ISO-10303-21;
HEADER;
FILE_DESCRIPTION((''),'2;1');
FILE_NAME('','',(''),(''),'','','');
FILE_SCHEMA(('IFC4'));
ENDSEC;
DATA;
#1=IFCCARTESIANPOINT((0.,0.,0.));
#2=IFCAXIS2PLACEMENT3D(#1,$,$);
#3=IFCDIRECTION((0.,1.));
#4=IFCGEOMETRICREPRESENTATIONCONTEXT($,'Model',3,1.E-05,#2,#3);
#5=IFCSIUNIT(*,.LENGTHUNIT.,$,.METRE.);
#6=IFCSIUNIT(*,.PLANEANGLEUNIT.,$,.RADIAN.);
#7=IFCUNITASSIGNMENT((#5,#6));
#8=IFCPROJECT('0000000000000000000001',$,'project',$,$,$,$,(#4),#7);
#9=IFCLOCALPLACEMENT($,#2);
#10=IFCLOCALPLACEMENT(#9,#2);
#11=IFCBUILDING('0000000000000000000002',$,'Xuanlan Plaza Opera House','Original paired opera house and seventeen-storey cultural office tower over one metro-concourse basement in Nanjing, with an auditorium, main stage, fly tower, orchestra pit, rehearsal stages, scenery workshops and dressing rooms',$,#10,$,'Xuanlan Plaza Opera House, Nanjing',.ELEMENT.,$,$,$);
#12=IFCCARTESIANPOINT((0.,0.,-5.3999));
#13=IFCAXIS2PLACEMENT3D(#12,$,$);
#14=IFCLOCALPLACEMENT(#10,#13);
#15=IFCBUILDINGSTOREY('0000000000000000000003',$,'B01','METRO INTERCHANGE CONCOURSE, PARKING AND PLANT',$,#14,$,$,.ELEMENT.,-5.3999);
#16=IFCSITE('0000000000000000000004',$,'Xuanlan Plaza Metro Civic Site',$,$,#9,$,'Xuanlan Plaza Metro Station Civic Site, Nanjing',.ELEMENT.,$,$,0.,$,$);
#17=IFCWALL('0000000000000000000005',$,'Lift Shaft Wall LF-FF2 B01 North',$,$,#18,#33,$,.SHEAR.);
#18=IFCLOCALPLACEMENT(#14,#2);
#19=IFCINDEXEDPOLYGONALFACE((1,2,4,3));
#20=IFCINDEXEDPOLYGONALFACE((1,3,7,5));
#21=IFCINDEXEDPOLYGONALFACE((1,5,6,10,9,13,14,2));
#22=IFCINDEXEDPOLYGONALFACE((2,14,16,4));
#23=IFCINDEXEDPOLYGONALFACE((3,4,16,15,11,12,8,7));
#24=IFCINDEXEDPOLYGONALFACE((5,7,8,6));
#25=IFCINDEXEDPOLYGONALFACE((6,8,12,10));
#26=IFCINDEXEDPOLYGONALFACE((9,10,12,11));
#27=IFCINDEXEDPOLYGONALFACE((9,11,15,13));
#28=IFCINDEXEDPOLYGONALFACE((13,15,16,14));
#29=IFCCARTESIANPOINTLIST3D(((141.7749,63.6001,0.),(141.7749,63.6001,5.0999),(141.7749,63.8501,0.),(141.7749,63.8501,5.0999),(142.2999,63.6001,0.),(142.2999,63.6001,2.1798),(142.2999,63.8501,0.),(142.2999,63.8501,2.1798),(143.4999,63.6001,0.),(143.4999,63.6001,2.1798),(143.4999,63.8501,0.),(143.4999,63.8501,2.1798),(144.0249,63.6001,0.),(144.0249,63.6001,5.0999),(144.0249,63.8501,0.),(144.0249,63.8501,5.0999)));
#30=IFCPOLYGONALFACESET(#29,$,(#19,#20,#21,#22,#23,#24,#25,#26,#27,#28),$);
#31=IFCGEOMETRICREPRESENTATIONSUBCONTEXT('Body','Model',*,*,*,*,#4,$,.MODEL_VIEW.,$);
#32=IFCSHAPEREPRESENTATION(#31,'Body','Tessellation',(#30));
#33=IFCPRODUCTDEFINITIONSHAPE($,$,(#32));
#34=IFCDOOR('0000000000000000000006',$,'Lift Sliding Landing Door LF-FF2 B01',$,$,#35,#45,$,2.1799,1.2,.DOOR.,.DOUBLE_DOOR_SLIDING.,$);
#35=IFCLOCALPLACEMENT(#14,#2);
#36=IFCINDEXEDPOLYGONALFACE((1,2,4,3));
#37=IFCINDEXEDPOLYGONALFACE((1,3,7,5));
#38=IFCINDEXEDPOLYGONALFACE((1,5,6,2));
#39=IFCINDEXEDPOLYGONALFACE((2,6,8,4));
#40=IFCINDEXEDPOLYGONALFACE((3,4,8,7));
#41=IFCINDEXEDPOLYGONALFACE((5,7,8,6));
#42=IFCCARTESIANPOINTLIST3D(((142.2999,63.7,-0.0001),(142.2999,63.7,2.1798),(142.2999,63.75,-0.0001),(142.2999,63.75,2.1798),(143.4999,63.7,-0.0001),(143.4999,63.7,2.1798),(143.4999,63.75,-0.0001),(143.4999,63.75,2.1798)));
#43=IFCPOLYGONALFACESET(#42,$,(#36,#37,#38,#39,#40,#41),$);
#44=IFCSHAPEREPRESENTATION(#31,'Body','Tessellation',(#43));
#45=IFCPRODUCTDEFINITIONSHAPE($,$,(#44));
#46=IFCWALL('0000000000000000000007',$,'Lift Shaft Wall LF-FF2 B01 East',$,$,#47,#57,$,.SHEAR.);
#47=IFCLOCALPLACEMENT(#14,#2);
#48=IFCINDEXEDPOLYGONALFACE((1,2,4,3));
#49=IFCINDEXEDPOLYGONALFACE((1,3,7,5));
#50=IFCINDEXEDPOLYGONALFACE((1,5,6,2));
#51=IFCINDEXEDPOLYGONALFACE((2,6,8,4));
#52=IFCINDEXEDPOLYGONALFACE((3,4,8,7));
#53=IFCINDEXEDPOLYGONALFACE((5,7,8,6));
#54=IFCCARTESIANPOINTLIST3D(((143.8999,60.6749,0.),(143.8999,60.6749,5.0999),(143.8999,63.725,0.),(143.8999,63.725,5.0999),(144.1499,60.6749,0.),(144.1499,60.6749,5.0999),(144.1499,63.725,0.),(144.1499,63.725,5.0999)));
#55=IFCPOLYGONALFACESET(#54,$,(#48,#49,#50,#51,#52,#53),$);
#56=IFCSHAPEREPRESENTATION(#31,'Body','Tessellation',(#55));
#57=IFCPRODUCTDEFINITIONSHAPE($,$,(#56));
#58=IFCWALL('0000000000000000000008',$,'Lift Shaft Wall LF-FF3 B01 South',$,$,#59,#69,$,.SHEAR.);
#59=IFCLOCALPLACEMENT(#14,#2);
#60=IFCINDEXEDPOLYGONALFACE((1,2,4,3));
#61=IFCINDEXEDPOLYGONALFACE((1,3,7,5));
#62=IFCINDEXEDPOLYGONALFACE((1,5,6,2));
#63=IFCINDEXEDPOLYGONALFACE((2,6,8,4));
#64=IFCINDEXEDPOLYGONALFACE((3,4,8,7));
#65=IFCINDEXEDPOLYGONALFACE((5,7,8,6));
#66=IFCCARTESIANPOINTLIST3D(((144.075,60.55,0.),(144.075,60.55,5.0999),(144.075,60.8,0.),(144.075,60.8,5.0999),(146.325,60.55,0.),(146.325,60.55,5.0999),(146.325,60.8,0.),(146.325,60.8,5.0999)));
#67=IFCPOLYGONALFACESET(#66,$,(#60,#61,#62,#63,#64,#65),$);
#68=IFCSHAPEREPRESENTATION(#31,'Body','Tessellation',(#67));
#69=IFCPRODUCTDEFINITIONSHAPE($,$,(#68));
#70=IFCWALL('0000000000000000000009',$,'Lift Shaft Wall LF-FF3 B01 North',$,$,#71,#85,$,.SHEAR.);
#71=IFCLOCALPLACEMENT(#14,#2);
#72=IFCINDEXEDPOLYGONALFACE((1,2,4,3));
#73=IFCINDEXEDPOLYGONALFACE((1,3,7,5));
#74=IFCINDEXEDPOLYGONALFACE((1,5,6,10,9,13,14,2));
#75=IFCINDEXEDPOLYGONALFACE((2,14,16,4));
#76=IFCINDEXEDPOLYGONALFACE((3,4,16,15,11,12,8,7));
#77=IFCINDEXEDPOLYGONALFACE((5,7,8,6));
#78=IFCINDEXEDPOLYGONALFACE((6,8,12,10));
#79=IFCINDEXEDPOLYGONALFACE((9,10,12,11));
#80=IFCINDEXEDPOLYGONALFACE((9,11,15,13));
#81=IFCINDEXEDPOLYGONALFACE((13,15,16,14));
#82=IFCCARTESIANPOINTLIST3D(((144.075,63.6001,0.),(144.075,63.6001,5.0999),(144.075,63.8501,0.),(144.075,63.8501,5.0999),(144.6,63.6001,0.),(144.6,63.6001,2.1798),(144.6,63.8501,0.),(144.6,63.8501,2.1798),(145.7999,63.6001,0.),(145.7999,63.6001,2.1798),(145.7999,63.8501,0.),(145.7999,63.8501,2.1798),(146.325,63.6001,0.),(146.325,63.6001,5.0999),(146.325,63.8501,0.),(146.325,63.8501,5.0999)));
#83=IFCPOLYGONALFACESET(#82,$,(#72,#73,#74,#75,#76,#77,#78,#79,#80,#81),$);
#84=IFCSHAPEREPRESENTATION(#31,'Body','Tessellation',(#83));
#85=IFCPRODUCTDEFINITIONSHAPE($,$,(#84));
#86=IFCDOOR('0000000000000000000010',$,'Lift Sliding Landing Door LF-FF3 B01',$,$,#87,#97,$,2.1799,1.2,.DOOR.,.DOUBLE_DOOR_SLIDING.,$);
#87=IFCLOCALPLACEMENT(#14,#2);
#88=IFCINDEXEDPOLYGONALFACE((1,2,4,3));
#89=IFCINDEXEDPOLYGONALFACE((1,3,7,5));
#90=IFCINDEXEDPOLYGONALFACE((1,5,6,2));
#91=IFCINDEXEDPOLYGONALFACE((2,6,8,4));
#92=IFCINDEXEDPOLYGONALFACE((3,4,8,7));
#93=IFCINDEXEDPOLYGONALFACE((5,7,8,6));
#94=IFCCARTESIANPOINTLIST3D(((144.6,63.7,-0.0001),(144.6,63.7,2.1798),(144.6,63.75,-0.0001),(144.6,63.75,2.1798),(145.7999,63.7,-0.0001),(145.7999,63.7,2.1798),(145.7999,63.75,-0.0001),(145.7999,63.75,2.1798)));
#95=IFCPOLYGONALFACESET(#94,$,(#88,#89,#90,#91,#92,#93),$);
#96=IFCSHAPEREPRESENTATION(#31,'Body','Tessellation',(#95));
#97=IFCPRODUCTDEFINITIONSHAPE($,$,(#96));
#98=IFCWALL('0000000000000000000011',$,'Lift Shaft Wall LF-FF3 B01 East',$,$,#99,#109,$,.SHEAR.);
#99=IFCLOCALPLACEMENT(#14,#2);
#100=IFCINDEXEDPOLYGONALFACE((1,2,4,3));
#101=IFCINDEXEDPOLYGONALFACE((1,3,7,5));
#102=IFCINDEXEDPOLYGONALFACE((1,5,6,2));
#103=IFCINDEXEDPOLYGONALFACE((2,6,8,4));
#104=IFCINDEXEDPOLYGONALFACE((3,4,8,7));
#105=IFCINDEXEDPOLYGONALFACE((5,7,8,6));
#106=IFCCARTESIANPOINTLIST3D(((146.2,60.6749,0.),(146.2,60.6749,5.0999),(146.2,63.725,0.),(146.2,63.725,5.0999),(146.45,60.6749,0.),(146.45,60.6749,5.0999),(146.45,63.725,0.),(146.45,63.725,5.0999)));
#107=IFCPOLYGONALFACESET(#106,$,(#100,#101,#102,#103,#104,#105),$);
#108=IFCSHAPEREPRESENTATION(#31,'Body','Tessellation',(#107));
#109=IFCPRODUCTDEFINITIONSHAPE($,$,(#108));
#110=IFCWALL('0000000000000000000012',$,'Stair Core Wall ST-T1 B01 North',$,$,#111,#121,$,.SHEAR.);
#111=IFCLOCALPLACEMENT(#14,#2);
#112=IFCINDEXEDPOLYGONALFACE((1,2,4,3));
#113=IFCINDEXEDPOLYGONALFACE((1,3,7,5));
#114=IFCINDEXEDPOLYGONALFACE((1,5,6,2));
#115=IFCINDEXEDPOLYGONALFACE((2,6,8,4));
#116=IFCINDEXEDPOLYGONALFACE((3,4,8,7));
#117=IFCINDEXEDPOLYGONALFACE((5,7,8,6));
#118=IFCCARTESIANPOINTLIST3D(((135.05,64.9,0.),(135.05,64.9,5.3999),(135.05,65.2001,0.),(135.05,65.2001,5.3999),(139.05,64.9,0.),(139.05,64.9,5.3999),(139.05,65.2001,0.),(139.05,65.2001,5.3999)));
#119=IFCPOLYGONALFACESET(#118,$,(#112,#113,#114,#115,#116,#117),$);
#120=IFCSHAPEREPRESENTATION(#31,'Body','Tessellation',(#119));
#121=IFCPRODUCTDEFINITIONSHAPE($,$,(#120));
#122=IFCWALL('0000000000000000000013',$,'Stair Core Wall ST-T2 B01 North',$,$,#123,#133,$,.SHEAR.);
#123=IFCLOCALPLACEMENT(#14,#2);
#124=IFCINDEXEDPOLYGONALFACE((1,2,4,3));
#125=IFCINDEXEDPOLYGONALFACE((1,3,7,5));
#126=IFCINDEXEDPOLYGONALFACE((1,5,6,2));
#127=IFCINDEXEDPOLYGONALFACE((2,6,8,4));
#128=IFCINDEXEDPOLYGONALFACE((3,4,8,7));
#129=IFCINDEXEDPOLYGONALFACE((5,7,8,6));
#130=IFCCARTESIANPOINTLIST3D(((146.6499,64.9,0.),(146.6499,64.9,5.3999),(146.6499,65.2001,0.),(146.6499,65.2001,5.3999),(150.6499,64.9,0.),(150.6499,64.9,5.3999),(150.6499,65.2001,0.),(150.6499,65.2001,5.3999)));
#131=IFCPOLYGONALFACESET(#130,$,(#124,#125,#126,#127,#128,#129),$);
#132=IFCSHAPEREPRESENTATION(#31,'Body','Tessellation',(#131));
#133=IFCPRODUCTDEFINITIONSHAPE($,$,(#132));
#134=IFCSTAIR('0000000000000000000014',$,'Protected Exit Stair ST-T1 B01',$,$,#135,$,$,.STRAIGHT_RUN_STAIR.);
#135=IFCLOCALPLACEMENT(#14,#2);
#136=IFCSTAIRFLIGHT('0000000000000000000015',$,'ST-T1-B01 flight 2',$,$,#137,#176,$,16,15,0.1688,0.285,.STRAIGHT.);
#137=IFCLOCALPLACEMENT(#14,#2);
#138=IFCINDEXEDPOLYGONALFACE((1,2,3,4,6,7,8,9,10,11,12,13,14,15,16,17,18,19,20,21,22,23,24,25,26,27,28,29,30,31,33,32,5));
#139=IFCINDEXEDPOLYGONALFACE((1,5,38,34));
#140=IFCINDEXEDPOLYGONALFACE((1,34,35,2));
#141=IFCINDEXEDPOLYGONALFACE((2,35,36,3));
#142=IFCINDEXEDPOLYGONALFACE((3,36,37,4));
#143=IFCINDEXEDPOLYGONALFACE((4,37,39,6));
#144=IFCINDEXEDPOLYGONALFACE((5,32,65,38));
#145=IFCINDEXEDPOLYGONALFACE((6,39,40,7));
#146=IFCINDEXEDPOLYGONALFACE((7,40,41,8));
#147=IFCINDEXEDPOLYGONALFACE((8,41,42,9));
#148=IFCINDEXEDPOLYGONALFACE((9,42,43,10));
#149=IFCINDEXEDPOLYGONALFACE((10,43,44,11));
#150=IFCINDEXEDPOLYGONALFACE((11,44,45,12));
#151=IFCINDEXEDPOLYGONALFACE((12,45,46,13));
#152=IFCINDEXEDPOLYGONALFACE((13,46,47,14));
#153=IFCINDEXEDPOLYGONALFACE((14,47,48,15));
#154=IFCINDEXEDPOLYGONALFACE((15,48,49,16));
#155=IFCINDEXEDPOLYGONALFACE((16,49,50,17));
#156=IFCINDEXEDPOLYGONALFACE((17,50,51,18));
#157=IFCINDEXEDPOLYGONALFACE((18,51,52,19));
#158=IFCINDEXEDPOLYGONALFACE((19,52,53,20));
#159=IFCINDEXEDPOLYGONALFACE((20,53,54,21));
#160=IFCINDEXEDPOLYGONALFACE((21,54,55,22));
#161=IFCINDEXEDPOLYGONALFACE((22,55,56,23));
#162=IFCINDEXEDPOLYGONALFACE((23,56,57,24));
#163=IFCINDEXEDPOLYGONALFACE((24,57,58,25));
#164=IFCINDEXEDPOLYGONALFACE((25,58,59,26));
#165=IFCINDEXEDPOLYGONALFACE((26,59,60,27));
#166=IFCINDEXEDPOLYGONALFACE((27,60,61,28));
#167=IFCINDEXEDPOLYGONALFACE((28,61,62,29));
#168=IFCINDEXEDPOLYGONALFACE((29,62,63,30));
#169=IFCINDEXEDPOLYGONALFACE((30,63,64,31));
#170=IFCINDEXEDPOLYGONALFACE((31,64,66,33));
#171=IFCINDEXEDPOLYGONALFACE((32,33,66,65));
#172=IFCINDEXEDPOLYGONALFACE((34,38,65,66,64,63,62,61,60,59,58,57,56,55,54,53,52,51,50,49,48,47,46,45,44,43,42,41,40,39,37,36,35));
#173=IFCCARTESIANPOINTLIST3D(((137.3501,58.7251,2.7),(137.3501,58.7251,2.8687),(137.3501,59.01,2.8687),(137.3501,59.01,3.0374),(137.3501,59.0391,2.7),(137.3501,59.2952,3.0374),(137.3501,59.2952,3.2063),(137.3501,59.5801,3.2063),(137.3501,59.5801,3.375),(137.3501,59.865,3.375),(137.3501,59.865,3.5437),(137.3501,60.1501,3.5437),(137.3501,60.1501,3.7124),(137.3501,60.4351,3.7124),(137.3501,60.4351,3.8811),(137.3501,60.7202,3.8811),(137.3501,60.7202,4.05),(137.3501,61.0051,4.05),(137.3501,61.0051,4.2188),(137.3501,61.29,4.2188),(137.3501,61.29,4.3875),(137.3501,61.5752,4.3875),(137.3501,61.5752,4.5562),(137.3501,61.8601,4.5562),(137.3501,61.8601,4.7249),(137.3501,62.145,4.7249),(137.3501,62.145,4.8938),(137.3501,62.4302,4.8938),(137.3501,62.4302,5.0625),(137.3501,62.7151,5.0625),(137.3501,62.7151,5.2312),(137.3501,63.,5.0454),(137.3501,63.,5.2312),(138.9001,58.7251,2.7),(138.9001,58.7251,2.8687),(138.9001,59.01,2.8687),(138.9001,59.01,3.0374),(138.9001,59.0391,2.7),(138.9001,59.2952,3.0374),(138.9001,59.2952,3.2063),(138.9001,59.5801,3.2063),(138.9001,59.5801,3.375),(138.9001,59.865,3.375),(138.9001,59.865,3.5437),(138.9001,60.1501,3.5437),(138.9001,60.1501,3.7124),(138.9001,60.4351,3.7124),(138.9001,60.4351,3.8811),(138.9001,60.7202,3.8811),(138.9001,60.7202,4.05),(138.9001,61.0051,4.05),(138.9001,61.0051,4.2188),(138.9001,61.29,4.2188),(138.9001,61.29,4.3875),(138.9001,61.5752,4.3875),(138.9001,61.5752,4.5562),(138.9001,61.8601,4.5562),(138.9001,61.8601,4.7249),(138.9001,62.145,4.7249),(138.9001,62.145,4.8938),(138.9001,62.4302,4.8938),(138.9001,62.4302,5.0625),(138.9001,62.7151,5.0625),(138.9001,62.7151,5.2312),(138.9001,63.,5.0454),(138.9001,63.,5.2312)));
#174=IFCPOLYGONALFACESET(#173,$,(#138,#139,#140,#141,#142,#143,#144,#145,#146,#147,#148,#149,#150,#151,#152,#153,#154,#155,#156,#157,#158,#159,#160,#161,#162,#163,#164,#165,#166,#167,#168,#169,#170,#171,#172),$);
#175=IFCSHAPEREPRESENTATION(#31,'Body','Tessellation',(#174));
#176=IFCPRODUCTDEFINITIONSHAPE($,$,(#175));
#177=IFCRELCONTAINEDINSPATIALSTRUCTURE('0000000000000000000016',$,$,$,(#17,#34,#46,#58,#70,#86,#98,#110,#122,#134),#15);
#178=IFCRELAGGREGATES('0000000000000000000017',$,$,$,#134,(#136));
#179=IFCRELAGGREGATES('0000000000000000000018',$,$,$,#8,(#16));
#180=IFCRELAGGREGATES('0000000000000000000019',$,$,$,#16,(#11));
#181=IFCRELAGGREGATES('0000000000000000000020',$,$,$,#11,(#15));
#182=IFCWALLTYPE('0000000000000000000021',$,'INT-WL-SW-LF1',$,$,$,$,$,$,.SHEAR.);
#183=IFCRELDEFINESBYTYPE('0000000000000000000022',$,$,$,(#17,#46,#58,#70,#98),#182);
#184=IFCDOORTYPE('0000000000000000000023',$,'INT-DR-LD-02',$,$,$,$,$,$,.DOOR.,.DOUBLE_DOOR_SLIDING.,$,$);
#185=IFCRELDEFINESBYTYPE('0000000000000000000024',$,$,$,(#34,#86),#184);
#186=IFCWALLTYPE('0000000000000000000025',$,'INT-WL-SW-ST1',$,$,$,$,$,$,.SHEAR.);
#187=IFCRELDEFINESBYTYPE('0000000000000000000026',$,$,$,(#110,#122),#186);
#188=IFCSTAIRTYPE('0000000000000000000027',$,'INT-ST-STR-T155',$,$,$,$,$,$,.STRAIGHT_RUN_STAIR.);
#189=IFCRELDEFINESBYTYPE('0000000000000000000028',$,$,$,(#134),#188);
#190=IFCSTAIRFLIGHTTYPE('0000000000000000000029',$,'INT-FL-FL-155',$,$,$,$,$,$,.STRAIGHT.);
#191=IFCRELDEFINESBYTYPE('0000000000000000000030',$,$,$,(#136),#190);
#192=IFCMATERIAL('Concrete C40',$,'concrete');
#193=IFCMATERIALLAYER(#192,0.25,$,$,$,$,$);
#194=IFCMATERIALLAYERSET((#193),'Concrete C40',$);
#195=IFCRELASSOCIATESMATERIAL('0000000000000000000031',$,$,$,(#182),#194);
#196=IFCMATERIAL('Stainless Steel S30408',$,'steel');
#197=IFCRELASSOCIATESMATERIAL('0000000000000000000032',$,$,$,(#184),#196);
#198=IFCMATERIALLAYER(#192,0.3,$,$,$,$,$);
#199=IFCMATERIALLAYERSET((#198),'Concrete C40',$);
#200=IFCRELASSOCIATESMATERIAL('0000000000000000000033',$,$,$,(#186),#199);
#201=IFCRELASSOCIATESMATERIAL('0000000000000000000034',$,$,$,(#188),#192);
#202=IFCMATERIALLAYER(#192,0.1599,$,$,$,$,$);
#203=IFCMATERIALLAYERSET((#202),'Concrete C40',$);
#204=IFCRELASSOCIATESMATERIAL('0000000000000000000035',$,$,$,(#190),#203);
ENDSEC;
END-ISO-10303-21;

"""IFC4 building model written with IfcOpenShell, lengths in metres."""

from ifc_helpers import new_model, si_unit, direction, frame, frame_2d, origin, place, context, subcontext, project, spatial, polyline, rectangle, outline, extrude, material, layer, layer_set, type_object, element, fill, aggregate, save


model = new_model("IFC4")

# Units and contexts
model_context = context("Model", 3, precision=1e-05, world=origin(), true_north=direction((0.0, 1.0)))
body_context = subcontext(model_context, "Body", "Model", "MODEL_VIEW")
ifc_project = project(units=[si_unit("LENGTHUNIT", "METRE"), si_unit("PLANEANGLEUNIT", "RADIAN")], contexts=[model_context])

# Site, building, storey
site_placement = place(None, origin())
site = spatial("IfcSite", under=ifc_project, at=site_placement, Name="Xuanlan Plaza Metro Civic Site", LongName="Xuanlan Plaza Metro Station Civic Site, Nanjing", CompositionType="ELEMENT", RefElevation=0.0)
building_placement = place(site_placement, origin())
building = spatial("IfcBuilding", under=site, at=building_placement, Name="Xuanlan Plaza Opera House", Description="Original paired opera house and seventeen-storey cultural office tower over one metro-concourse basement in Nanjing, with an auditorium, main stage, fly tower, orchestra pit, rehearsal stages, scenery workshops and dressing rooms", LongName="Xuanlan Plaza Opera House, Nanjing", CompositionType="ELEMENT")
storey_placement = place(building_placement, frame((0.0, 0.0, -5.3999)))
storey = spatial("IfcBuildingStorey", under=building, at=storey_placement, Name="B01", Description="METRO INTERCHANGE CONCOURSE, PARKING AND PLANT", CompositionType="ELEMENT", Elevation=-5.3999)

# Shared definitions
ifc_material_1 = material(Name="Concrete C40", Category="concrete")

# Shared definitions
ifc_layer_1 = layer(ifc_material_1, 0.25)
ifc_layer_set_1 = layer_set([ifc_layer_1], Name="Concrete C40")
wall_type_1 = type_object("IfcWallType", Name="INT-WL-SW-LF1", PredefinedType="SHEAR", material=ifc_layer_set_1)

# Shared definitions
ifc_material_2 = material(Name="Stainless Steel S30408", Category="steel")
door_type = type_object("IfcDoorType", Name="INT-DR-LD-02", OperationType="DOUBLE_DOOR_SLIDING", PredefinedType="DOOR", material=ifc_material_2)

# Wall, opening, door
wall_1_placement = place(storey_placement, frame((141.7749, 63.7251, 0.0), z_axis=(0.0, 0.0, 1.0), x_axis=(1.0, 0.0, 0.0)))
wall_1 = element("IfcWall", 1, at=wall_1_placement, inside=storey, type_object=wall_type_1, Name="Lift Shaft Wall LF-FF2 B01 North", PredefinedType="SHEAR", context=body_context, shape_type="SweptSolid", body=[
    extrude(rectangle(XDim=2.25, YDim=0.25, at=frame_2d((1.125, 0.0))), origin(), (0.0, 0.0, 1.0), 5.0999),
])
opening_1_placement = place(wall_1_placement, frame((0.5249, 0.0, 0.0)))
opening_1 = element("IfcOpeningElement", 2, at=opening_1_placement, cuts=wall_1, PredefinedType="OPENING", context=body_context, shape_type="SweptSolid", body=[
    extrude(rectangle(XDim=1.2, YDim=2.1799, at=frame_2d((0.6001, 1.0898))), frame((0.0, 0.135, 0.0), z_axis=(0.0, -1.0, 0.0), x_axis=(1.0, 0.0, 0.0)), (0.0, 0.0, 1.0), 0.27),
])
door_1_placement = place(opening_1_placement, origin())
door_1 = element("IfcDoor", 3, at=door_1_placement, inside=storey, type_object=door_type, Name="Lift Sliding Landing Door LF-FF2 B01", OperationType="DOUBLE_DOOR_SLIDING", OverallHeight=2.1799, OverallWidth=1.2, PredefinedType="DOOR", context=body_context, shape_type="SweptSolid", body=[
    extrude(rectangle(XDim=1.2, YDim=2.1799, at=frame_2d((0.6001, 1.0898))), frame((0.0, 0.0249, 0.0), z_axis=(0.0, -1.0, 0.0), x_axis=(1.0, 0.0, 0.0)), (0.0, 0.0, 1.0), 0.05),
])
fill(opening_1, door_1)

# Walls
wall_2_placement = place(storey_placement, frame((144.0249, 60.675, 0.0), z_axis=(0.0, 0.0, 1.0), x_axis=(0.0, 1.0, 0.0)))
element("IfcWall", 4, at=wall_2_placement, inside=storey, type_object=wall_type_1, Name="Lift Shaft Wall LF-FF2 B01 East", PredefinedType="SHEAR", context=body_context, shape_type="SweptSolid", body=[
    extrude(rectangle(XDim=3.05, YDim=0.25, at=frame_2d((1.5249, 0.0))), origin(), (0.0, 0.0, 1.0), 5.0999),
])
wall_3_placement = place(storey_placement, frame((144.075, 60.675, 0.0), z_axis=(0.0, 0.0, 1.0), x_axis=(1.0, 0.0, 0.0)))
element("IfcWall", 5, at=wall_3_placement, inside=storey, type_object=wall_type_1, Name="Lift Shaft Wall LF-FF3 B01 South", PredefinedType="SHEAR", context=body_context, shape_type="SweptSolid", body=[
    extrude(rectangle(XDim=2.25, YDim=0.25, at=frame_2d((1.125, 0.0))), origin(), (0.0, 0.0, 1.0), 5.0999),
])

# Wall, opening, door
wall_4_placement = place(storey_placement, frame((144.075, 63.7251, 0.0), z_axis=(0.0, 0.0, 1.0), x_axis=(1.0, 0.0, 0.0)))
wall_4 = element("IfcWall", 6, at=wall_4_placement, inside=storey, type_object=wall_type_1, Name="Lift Shaft Wall LF-FF3 B01 North", PredefinedType="SHEAR", context=body_context, shape_type="SweptSolid", body=[
    extrude(rectangle(XDim=2.25, YDim=0.25, at=frame_2d((1.125, 0.0))), origin(), (0.0, 0.0, 1.0), 5.0999),
])
opening_2_placement = place(wall_4_placement, frame((0.5249, 0.0, 0.0)))
opening_2 = element("IfcOpeningElement", 7, at=opening_2_placement, cuts=wall_4, PredefinedType="OPENING", context=body_context, shape_type="SweptSolid", body=[
    extrude(rectangle(XDim=1.2, YDim=2.1799, at=frame_2d((0.6001, 1.0898))), frame((0.0, 0.135, 0.0), z_axis=(0.0, -1.0, 0.0), x_axis=(1.0, 0.0, 0.0)), (0.0, 0.0, 1.0), 0.27),
])
door_2_placement = place(opening_2_placement, origin())
door_2 = element("IfcDoor", 8, at=door_2_placement, inside=storey, type_object=door_type, Name="Lift Sliding Landing Door LF-FF3 B01", OperationType="DOUBLE_DOOR_SLIDING", OverallHeight=2.1799, OverallWidth=1.2, PredefinedType="DOOR", context=body_context, shape_type="SweptSolid", body=[
    extrude(rectangle(XDim=1.2, YDim=2.1799, at=frame_2d((0.6001, 1.0898))), frame((0.0, 0.0249, 0.0), z_axis=(0.0, -1.0, 0.0), x_axis=(1.0, 0.0, 0.0)), (0.0, 0.0, 1.0), 0.05),
])
fill(opening_2, door_2)

# Walls
wall_5_placement = place(storey_placement, frame((146.325, 60.675, 0.0), z_axis=(0.0, 0.0, 1.0), x_axis=(0.0, 1.0, 0.0)))
element("IfcWall", 9, at=wall_5_placement, inside=storey, type_object=wall_type_1, Name="Lift Shaft Wall LF-FF3 B01 East", PredefinedType="SHEAR", context=body_context, shape_type="SweptSolid", body=[
    extrude(rectangle(XDim=3.05, YDim=0.25, at=frame_2d((1.5249, 0.0))), origin(), (0.0, 0.0, 1.0), 5.0999),
])
ifc_layer_2 = layer(ifc_material_1, 0.3)
ifc_layer_set_2 = layer_set([ifc_layer_2], Name="Concrete C40")
wall_type_2 = type_object("IfcWallType", Name="INT-WL-SW-ST1", PredefinedType="SHEAR", material=ifc_layer_set_2)
for number, where, z_axis, x_axis, name in (
    (10, (135.05, 65.05, 0.0), (0.0, 0.0, 1.0), (1.0, 0.0, 0.0), "Stair Core Wall ST-T1 B01 North"),
    (11, (146.6499, 65.05, 0.0), (0.0, 0.0, 1.0), (1.0, 0.0, 0.0), "Stair Core Wall ST-T2 B01 North"),
):
    element("IfcWall", number, at=place(storey_placement, frame(where, z_axis=z_axis, x_axis=x_axis)), inside=storey, type_object=wall_type_2, Name=name, PredefinedType="SHEAR", context=body_context, shape_type="SweptSolid", body=[
        extrude(rectangle(XDim=4.0, YDim=0.3, at=frame_2d((2.0, 0.0))), origin(), (0.0, 0.0, 1.0), 5.3999),
    ])

# Stair, stair flight
stair_type = type_object("IfcStairType", Name="INT-ST-STR-T155", PredefinedType="STRAIGHT_RUN_STAIR", material=ifc_material_1)
stair_placement = place(storey_placement, origin())
stair = element("IfcStair", 12, at=stair_placement, inside=storey, type_object=stair_type, Name="Protected Exit Stair ST-T1 B01", PredefinedType="STRAIGHT_RUN_STAIR")
ifc_layer_3 = layer(ifc_material_1, 0.1599)
ifc_layer_set_3 = layer_set([ifc_layer_3], Name="Concrete C40")
stair_flight_type = type_object("IfcStairFlightType", Name="INT-FL-FL-155", PredefinedType="STRAIGHT", material=ifc_layer_set_3)
stair_flight_placement = place(storey_placement, frame((138.125, 58.7251, 2.7), z_axis=(0.0, 0.0, 1.0), x_axis=(0.0, 1.0, 0.0)))
stair_flight = element("IfcStairFlight", 13, at=stair_flight_placement, type_object=stair_flight_type, Name="ST-T1-B01 flight 2", NumberOfRisers=16, NumberOfTreads=15, PredefinedType="STRAIGHT", RiserHeight=0.1688, TreadLength=0.285, context=body_context, shape_type="SweptSolid", body=[
    extrude(outline(polyline([(0.0, 0.0), (0.0, 0.1687), (0.2849, 0.1687), (0.2849, 0.3374), (0.5701, 0.3374), (0.5701, 0.5063), (0.855, 0.5063), (0.855, 0.675), (1.1399, 0.675), (1.1399, 0.8438), (1.425, 0.8438), (1.425, 1.0125), (1.71, 1.0125), (1.71, 1.1812), (1.9951, 1.1812), (1.9951, 1.3501), (2.28, 1.3501), (2.28, 1.5188), (2.5649, 1.5188), (2.5649, 1.6875), (2.8501, 1.6875), (2.8501, 1.8562), (3.135, 1.8562), (3.135, 2.0249), (3.4199, 2.0249), (3.4199, 2.1938), (3.7051, 2.1938), (3.7051, 2.3625), (3.99, 2.3625), (3.99, 2.5312), (4.2749, 2.5312), (4.2749, 2.7), (4.2749, 2.3455), (0.314, 0.0), (0.0, 0.0)])), frame((0.0, 0.7749, 0.0), z_axis=(0.0, -1.0, 0.0), x_axis=(1.0, 0.0, 0.0)), (0.0, 0.0, 1.0), 1.55),
])
aggregate(stair, [stair_flight])

save(model, "model.ifc")
